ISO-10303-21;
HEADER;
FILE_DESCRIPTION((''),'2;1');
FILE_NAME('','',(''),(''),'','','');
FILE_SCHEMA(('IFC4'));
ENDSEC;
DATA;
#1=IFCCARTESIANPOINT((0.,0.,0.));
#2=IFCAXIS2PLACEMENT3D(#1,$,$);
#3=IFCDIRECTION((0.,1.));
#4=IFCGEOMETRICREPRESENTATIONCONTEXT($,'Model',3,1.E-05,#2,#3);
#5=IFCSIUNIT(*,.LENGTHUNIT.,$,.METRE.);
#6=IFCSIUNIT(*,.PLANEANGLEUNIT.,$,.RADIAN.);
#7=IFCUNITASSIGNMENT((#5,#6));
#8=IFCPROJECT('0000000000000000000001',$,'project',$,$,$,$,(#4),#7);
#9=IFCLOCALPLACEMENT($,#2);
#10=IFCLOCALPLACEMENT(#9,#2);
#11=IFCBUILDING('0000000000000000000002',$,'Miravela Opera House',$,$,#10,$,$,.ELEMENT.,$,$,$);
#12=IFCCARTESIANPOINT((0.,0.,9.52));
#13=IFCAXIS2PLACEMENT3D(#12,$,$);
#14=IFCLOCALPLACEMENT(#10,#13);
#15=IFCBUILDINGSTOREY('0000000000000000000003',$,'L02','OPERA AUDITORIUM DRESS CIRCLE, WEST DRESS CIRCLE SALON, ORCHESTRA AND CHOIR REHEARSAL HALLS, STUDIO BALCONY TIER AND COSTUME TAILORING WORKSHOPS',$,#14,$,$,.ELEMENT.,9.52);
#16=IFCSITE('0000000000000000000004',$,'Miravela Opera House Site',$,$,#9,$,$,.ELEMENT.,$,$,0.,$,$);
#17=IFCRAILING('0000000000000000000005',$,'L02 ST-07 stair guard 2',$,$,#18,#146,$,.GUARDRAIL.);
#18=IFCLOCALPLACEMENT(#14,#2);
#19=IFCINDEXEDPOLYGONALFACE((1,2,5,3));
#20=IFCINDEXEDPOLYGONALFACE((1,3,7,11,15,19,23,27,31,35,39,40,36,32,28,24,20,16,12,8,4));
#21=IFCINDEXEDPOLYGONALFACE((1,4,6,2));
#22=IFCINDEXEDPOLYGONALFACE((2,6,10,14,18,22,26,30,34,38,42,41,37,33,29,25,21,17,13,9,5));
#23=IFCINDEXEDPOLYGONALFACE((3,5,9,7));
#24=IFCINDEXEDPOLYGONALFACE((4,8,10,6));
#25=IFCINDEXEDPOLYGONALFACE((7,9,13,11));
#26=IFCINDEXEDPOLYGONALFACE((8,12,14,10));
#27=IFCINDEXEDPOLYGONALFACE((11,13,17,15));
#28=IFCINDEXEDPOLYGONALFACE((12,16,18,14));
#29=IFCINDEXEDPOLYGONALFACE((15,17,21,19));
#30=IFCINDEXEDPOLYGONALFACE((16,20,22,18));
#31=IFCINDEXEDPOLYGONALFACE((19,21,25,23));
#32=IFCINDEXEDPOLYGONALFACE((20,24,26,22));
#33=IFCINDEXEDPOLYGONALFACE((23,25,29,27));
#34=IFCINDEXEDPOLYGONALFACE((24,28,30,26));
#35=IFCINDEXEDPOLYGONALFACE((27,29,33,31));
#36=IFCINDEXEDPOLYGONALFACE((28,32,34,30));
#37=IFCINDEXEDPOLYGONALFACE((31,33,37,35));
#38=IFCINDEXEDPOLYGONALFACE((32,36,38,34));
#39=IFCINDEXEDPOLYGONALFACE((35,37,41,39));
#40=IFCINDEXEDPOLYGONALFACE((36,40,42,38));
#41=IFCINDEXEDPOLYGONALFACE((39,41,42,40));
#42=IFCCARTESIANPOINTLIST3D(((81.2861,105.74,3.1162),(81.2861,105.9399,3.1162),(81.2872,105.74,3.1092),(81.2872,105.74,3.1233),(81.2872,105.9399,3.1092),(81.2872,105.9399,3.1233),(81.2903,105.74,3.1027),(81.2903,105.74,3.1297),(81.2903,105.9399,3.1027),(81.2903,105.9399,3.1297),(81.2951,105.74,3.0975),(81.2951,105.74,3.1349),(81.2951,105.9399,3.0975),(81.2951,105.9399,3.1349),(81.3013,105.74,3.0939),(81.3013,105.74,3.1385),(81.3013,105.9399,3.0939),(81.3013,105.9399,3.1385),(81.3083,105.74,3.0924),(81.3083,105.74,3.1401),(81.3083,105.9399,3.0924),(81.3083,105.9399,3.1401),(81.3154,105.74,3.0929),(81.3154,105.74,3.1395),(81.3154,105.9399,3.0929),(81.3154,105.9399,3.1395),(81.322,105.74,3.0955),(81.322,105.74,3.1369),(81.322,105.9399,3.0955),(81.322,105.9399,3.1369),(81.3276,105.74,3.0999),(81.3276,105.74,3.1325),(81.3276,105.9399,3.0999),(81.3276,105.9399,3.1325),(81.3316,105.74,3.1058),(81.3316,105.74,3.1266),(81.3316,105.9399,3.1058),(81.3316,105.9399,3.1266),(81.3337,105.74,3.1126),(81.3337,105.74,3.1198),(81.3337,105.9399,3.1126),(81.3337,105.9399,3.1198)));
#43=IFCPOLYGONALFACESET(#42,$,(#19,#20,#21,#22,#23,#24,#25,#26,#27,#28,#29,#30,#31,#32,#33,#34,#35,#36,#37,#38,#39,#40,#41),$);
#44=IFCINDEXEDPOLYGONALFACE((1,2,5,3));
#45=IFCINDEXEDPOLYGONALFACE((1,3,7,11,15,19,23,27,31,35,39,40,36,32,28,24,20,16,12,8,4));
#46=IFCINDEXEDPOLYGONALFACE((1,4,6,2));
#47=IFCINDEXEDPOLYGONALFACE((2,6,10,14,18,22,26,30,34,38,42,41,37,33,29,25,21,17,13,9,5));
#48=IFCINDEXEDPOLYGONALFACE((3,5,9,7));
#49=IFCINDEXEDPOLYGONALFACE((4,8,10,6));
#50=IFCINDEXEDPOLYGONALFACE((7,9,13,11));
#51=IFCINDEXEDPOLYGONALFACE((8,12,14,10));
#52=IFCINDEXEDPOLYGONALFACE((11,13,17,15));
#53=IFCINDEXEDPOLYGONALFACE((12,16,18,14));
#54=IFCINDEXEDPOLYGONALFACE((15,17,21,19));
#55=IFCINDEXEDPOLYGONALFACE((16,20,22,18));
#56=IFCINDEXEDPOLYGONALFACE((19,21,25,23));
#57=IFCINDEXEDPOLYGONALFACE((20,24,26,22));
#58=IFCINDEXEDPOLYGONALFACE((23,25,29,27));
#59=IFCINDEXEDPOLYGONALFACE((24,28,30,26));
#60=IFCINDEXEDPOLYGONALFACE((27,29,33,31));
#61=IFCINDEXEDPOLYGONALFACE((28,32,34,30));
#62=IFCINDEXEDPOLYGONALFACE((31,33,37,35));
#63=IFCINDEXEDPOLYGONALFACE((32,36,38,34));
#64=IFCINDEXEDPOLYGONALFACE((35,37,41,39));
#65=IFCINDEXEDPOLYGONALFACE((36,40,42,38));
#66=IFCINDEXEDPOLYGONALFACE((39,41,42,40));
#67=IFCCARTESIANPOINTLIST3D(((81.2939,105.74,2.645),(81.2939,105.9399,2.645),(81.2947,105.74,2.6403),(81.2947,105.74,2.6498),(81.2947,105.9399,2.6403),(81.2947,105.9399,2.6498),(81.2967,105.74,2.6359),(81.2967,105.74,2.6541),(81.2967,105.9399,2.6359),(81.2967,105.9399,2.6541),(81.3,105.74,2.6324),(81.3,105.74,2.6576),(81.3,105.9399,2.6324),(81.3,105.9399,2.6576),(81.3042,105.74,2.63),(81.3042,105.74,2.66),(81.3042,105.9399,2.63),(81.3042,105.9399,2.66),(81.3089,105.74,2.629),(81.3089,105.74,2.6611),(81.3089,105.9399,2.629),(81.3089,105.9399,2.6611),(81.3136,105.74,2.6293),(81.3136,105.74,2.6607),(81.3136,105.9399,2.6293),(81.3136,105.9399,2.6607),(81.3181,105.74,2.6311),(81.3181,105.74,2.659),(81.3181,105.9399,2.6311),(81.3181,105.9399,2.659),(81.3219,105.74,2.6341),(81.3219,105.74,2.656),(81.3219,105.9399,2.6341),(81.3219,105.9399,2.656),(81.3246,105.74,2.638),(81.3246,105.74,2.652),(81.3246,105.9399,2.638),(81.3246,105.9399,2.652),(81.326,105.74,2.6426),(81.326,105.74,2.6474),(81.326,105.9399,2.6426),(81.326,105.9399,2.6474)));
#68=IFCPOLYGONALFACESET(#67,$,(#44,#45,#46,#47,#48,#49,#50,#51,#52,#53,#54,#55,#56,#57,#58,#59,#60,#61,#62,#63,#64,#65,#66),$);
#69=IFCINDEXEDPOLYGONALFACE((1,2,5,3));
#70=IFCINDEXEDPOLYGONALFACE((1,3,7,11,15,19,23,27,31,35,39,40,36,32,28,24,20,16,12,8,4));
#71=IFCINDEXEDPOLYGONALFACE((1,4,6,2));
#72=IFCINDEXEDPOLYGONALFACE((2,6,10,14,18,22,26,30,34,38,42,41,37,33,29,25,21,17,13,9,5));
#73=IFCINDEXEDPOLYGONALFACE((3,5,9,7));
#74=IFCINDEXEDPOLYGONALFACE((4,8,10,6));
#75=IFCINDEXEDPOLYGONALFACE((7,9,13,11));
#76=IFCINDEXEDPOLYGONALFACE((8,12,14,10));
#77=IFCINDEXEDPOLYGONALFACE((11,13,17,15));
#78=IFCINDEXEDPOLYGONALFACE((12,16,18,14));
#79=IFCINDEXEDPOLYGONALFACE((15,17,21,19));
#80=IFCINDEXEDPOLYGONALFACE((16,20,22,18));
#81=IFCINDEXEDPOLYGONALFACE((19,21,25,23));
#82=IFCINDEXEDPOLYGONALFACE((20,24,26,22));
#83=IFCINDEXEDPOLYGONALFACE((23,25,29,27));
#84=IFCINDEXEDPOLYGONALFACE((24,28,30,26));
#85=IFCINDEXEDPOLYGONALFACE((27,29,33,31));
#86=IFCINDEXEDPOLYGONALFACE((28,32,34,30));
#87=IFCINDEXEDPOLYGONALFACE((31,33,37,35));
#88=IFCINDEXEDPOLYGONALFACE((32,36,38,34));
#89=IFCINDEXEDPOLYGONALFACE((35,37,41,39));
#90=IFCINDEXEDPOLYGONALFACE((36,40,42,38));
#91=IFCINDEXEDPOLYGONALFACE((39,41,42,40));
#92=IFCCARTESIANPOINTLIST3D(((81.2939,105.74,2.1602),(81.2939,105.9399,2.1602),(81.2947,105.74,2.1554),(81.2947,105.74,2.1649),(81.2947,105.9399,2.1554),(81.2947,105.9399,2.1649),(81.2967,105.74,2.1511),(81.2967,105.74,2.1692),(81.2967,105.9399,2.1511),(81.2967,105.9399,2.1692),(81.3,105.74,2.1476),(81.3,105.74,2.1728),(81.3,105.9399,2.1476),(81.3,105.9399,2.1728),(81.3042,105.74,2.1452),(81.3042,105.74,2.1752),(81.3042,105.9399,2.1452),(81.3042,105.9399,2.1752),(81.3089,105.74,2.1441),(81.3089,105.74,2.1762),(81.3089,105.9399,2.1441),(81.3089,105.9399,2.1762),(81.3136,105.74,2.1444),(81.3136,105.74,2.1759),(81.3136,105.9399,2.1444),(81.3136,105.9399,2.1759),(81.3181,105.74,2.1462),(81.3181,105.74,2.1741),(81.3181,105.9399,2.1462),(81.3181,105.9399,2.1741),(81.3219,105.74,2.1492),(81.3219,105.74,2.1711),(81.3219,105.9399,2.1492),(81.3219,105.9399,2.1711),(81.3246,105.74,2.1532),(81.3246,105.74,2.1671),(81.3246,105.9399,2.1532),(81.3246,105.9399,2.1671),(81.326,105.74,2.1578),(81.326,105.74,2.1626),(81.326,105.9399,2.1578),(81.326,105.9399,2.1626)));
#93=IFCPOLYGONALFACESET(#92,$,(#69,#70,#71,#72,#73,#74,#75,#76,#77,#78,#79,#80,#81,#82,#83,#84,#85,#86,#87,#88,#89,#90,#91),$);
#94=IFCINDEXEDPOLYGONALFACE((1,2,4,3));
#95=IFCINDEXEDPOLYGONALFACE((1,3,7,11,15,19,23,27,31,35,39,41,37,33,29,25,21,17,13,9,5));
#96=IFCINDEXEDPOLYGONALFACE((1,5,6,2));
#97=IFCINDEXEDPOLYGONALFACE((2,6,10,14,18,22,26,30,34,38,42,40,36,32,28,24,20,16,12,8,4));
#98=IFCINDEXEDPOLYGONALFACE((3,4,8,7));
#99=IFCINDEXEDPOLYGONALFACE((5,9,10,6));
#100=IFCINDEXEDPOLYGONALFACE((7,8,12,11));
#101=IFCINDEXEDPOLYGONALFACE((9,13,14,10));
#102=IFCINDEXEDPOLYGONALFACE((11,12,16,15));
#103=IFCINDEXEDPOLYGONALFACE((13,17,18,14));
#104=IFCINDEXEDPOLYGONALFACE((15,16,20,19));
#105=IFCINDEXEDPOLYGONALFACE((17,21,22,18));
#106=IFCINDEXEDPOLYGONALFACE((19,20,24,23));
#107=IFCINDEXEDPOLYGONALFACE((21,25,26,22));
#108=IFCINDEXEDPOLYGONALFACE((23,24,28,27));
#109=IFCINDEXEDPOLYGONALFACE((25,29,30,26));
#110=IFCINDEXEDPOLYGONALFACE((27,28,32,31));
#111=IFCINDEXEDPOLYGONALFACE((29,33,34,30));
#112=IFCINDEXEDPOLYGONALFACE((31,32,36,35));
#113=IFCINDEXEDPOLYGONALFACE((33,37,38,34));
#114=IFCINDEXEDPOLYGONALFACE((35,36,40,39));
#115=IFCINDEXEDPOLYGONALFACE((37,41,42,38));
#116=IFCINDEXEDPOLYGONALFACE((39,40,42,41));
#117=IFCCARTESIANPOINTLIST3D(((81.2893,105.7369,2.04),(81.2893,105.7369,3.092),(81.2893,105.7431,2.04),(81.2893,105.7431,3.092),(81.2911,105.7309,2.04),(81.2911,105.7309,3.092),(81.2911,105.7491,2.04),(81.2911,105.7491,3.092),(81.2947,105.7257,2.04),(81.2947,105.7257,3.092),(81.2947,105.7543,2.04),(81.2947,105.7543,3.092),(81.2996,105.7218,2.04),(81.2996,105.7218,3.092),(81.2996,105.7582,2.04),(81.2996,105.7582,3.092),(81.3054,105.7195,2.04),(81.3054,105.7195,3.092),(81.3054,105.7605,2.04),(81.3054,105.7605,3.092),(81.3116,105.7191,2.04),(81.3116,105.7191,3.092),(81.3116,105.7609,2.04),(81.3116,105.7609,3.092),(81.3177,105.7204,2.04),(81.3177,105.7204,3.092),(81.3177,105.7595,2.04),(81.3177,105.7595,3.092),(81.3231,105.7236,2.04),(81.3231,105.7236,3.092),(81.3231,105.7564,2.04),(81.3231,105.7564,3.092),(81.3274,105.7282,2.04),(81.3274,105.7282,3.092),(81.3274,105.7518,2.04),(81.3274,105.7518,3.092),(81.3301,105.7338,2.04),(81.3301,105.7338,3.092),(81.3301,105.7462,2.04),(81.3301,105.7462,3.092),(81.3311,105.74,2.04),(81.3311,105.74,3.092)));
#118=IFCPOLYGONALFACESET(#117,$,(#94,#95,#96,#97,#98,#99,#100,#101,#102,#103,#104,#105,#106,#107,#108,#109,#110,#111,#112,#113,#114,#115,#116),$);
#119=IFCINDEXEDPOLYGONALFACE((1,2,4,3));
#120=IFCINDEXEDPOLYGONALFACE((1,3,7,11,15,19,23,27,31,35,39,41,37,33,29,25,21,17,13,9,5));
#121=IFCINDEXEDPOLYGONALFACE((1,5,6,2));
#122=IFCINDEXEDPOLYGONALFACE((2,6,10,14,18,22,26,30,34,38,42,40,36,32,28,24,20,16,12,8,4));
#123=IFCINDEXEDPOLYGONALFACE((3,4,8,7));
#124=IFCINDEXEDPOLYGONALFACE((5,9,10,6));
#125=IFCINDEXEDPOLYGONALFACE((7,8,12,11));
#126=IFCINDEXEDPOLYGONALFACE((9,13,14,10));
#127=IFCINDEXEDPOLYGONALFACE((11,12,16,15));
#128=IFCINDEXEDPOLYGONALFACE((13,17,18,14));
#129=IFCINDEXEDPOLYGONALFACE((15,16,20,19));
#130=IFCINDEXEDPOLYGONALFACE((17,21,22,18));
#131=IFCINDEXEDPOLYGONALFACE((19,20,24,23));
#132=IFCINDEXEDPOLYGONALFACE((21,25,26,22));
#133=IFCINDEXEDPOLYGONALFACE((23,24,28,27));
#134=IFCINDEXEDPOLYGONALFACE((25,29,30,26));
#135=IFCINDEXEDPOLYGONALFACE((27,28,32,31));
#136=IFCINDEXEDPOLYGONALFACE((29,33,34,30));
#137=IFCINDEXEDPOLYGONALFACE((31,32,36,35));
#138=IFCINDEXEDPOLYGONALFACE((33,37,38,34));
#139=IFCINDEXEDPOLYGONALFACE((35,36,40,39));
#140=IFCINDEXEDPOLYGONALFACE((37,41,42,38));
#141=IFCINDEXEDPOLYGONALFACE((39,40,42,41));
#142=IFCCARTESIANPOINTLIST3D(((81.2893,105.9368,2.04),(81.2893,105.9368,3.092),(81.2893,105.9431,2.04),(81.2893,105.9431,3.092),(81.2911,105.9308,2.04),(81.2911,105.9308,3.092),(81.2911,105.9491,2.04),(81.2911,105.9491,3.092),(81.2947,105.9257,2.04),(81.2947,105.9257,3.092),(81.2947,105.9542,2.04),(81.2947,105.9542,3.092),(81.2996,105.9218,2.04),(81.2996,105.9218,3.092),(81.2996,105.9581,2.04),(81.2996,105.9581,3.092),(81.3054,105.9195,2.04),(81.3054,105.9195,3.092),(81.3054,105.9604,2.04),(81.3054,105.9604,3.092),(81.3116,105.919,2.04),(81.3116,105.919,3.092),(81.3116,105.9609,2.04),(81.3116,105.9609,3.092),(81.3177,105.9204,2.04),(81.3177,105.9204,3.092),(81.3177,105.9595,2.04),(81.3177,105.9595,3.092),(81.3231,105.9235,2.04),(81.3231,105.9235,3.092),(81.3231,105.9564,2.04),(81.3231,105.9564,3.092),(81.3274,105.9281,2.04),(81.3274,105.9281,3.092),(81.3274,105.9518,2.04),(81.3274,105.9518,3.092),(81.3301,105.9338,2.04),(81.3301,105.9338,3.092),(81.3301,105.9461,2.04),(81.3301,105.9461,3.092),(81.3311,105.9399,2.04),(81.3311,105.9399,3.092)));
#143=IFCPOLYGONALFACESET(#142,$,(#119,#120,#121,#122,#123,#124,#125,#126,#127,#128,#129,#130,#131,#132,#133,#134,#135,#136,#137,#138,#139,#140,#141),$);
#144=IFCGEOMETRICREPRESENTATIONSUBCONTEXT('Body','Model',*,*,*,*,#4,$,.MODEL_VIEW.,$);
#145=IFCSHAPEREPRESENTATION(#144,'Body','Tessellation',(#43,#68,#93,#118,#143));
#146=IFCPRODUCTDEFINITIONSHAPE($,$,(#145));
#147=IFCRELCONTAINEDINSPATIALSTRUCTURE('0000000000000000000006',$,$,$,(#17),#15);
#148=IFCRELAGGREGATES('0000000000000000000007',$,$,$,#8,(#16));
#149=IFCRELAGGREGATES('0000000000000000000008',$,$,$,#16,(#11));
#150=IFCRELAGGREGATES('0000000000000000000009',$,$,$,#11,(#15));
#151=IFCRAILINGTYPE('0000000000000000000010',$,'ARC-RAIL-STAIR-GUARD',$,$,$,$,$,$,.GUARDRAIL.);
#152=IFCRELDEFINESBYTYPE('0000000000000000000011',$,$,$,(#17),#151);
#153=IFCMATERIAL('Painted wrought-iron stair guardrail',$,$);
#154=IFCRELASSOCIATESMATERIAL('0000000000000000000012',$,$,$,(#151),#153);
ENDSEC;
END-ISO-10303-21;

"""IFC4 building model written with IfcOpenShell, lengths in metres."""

from ifc_helpers import new_model, si_unit, direction, frame, origin, origin_2d, place, context, subcontext, project, spatial, circle, extrude, material, type_object, element, save


model = new_model("IFC4")

# Units and contexts
model_context = context("Model", 3, precision=1e-05, world=origin(), true_north=direction((0.0, 1.0)))
body_context = subcontext(model_context, "Body", "Model", "MODEL_VIEW")
ifc_project = project(units=[si_unit("LENGTHUNIT", "METRE"), si_unit("PLANEANGLEUNIT", "RADIAN")], contexts=[model_context])

# Site, building, storey
site_placement = place(None, origin())
site = spatial("IfcSite", under=ifc_project, at=site_placement, Name="Miravela Opera House Site", CompositionType="ELEMENT", RefElevation=0.0)
building_placement = place(site_placement, origin())
building = spatial("IfcBuilding", under=site, at=building_placement, Name="Miravela Opera House", CompositionType="ELEMENT")
storey_placement = place(building_placement, frame((0.0, 0.0, 9.52)))
storey = spatial("IfcBuildingStorey", under=building, at=storey_placement, Name="L02", Description="OPERA AUDITORIUM DRESS CIRCLE, WEST DRESS CIRCLE SALON, ORCHESTRA AND CHOIR REHEARSAL HALLS, STUDIO BALCONY TIER AND COSTUME TAILORING WORKSHOPS", CompositionType="ELEMENT", Elevation=9.52)

# Railing
ifc_material_1 = material(Name="Painted wrought-iron stair guardrail")
railing_type_1 = type_object("IfcRailingType", Name="ARC-RAIL-STAIR-GUARD", PredefinedType="GUARDRAIL", material=ifc_material_1)
railing_1_placement = place(storey_placement, frame((81.3101, 105.74, 2.04)))
element("IfcRailing", 1, at=railing_1_placement, inside=storey, type_object=railing_type_1, Name="L02 ST-07 stair guard 2", PredefinedType="GUARDRAIL", context=body_context, shape_type="SweptSolid", body=[
    extrude(circle(Radius=0.0239, at=origin_2d()), frame((0.0, 0.0, 1.0762), z_axis=(0.0, 1.0, 0.0), x_axis=(-1.0, 0.0, 0.0)), (0.0, 0.0, 1.0), 0.2),
    extrude(circle(Radius=0.0161, at=origin_2d()), frame((0.0, 0.0, 0.605), z_axis=(0.0, 1.0, 0.0), x_axis=(-1.0, 0.0, 0.0)), (0.0, 0.0, 1.0), 0.2),
    extrude(circle(Radius=0.0161, at=origin_2d()), frame((0.0, 0.0, 0.1201), z_axis=(0.0, 1.0, 0.0), x_axis=(-1.0, 0.0, 0.0)), (0.0, 0.0, 1.0), 0.2),
    extrude(circle(Radius=0.021, at=origin_2d()), origin(), (0.0, 0.0, 1.0), 1.052),
    extrude(circle(Radius=0.021, at=origin_2d()), frame((0.0, 0.2, 0.0)), (0.0, 0.0, 1.0), 1.052),
])

save(model, "model.ifc")
